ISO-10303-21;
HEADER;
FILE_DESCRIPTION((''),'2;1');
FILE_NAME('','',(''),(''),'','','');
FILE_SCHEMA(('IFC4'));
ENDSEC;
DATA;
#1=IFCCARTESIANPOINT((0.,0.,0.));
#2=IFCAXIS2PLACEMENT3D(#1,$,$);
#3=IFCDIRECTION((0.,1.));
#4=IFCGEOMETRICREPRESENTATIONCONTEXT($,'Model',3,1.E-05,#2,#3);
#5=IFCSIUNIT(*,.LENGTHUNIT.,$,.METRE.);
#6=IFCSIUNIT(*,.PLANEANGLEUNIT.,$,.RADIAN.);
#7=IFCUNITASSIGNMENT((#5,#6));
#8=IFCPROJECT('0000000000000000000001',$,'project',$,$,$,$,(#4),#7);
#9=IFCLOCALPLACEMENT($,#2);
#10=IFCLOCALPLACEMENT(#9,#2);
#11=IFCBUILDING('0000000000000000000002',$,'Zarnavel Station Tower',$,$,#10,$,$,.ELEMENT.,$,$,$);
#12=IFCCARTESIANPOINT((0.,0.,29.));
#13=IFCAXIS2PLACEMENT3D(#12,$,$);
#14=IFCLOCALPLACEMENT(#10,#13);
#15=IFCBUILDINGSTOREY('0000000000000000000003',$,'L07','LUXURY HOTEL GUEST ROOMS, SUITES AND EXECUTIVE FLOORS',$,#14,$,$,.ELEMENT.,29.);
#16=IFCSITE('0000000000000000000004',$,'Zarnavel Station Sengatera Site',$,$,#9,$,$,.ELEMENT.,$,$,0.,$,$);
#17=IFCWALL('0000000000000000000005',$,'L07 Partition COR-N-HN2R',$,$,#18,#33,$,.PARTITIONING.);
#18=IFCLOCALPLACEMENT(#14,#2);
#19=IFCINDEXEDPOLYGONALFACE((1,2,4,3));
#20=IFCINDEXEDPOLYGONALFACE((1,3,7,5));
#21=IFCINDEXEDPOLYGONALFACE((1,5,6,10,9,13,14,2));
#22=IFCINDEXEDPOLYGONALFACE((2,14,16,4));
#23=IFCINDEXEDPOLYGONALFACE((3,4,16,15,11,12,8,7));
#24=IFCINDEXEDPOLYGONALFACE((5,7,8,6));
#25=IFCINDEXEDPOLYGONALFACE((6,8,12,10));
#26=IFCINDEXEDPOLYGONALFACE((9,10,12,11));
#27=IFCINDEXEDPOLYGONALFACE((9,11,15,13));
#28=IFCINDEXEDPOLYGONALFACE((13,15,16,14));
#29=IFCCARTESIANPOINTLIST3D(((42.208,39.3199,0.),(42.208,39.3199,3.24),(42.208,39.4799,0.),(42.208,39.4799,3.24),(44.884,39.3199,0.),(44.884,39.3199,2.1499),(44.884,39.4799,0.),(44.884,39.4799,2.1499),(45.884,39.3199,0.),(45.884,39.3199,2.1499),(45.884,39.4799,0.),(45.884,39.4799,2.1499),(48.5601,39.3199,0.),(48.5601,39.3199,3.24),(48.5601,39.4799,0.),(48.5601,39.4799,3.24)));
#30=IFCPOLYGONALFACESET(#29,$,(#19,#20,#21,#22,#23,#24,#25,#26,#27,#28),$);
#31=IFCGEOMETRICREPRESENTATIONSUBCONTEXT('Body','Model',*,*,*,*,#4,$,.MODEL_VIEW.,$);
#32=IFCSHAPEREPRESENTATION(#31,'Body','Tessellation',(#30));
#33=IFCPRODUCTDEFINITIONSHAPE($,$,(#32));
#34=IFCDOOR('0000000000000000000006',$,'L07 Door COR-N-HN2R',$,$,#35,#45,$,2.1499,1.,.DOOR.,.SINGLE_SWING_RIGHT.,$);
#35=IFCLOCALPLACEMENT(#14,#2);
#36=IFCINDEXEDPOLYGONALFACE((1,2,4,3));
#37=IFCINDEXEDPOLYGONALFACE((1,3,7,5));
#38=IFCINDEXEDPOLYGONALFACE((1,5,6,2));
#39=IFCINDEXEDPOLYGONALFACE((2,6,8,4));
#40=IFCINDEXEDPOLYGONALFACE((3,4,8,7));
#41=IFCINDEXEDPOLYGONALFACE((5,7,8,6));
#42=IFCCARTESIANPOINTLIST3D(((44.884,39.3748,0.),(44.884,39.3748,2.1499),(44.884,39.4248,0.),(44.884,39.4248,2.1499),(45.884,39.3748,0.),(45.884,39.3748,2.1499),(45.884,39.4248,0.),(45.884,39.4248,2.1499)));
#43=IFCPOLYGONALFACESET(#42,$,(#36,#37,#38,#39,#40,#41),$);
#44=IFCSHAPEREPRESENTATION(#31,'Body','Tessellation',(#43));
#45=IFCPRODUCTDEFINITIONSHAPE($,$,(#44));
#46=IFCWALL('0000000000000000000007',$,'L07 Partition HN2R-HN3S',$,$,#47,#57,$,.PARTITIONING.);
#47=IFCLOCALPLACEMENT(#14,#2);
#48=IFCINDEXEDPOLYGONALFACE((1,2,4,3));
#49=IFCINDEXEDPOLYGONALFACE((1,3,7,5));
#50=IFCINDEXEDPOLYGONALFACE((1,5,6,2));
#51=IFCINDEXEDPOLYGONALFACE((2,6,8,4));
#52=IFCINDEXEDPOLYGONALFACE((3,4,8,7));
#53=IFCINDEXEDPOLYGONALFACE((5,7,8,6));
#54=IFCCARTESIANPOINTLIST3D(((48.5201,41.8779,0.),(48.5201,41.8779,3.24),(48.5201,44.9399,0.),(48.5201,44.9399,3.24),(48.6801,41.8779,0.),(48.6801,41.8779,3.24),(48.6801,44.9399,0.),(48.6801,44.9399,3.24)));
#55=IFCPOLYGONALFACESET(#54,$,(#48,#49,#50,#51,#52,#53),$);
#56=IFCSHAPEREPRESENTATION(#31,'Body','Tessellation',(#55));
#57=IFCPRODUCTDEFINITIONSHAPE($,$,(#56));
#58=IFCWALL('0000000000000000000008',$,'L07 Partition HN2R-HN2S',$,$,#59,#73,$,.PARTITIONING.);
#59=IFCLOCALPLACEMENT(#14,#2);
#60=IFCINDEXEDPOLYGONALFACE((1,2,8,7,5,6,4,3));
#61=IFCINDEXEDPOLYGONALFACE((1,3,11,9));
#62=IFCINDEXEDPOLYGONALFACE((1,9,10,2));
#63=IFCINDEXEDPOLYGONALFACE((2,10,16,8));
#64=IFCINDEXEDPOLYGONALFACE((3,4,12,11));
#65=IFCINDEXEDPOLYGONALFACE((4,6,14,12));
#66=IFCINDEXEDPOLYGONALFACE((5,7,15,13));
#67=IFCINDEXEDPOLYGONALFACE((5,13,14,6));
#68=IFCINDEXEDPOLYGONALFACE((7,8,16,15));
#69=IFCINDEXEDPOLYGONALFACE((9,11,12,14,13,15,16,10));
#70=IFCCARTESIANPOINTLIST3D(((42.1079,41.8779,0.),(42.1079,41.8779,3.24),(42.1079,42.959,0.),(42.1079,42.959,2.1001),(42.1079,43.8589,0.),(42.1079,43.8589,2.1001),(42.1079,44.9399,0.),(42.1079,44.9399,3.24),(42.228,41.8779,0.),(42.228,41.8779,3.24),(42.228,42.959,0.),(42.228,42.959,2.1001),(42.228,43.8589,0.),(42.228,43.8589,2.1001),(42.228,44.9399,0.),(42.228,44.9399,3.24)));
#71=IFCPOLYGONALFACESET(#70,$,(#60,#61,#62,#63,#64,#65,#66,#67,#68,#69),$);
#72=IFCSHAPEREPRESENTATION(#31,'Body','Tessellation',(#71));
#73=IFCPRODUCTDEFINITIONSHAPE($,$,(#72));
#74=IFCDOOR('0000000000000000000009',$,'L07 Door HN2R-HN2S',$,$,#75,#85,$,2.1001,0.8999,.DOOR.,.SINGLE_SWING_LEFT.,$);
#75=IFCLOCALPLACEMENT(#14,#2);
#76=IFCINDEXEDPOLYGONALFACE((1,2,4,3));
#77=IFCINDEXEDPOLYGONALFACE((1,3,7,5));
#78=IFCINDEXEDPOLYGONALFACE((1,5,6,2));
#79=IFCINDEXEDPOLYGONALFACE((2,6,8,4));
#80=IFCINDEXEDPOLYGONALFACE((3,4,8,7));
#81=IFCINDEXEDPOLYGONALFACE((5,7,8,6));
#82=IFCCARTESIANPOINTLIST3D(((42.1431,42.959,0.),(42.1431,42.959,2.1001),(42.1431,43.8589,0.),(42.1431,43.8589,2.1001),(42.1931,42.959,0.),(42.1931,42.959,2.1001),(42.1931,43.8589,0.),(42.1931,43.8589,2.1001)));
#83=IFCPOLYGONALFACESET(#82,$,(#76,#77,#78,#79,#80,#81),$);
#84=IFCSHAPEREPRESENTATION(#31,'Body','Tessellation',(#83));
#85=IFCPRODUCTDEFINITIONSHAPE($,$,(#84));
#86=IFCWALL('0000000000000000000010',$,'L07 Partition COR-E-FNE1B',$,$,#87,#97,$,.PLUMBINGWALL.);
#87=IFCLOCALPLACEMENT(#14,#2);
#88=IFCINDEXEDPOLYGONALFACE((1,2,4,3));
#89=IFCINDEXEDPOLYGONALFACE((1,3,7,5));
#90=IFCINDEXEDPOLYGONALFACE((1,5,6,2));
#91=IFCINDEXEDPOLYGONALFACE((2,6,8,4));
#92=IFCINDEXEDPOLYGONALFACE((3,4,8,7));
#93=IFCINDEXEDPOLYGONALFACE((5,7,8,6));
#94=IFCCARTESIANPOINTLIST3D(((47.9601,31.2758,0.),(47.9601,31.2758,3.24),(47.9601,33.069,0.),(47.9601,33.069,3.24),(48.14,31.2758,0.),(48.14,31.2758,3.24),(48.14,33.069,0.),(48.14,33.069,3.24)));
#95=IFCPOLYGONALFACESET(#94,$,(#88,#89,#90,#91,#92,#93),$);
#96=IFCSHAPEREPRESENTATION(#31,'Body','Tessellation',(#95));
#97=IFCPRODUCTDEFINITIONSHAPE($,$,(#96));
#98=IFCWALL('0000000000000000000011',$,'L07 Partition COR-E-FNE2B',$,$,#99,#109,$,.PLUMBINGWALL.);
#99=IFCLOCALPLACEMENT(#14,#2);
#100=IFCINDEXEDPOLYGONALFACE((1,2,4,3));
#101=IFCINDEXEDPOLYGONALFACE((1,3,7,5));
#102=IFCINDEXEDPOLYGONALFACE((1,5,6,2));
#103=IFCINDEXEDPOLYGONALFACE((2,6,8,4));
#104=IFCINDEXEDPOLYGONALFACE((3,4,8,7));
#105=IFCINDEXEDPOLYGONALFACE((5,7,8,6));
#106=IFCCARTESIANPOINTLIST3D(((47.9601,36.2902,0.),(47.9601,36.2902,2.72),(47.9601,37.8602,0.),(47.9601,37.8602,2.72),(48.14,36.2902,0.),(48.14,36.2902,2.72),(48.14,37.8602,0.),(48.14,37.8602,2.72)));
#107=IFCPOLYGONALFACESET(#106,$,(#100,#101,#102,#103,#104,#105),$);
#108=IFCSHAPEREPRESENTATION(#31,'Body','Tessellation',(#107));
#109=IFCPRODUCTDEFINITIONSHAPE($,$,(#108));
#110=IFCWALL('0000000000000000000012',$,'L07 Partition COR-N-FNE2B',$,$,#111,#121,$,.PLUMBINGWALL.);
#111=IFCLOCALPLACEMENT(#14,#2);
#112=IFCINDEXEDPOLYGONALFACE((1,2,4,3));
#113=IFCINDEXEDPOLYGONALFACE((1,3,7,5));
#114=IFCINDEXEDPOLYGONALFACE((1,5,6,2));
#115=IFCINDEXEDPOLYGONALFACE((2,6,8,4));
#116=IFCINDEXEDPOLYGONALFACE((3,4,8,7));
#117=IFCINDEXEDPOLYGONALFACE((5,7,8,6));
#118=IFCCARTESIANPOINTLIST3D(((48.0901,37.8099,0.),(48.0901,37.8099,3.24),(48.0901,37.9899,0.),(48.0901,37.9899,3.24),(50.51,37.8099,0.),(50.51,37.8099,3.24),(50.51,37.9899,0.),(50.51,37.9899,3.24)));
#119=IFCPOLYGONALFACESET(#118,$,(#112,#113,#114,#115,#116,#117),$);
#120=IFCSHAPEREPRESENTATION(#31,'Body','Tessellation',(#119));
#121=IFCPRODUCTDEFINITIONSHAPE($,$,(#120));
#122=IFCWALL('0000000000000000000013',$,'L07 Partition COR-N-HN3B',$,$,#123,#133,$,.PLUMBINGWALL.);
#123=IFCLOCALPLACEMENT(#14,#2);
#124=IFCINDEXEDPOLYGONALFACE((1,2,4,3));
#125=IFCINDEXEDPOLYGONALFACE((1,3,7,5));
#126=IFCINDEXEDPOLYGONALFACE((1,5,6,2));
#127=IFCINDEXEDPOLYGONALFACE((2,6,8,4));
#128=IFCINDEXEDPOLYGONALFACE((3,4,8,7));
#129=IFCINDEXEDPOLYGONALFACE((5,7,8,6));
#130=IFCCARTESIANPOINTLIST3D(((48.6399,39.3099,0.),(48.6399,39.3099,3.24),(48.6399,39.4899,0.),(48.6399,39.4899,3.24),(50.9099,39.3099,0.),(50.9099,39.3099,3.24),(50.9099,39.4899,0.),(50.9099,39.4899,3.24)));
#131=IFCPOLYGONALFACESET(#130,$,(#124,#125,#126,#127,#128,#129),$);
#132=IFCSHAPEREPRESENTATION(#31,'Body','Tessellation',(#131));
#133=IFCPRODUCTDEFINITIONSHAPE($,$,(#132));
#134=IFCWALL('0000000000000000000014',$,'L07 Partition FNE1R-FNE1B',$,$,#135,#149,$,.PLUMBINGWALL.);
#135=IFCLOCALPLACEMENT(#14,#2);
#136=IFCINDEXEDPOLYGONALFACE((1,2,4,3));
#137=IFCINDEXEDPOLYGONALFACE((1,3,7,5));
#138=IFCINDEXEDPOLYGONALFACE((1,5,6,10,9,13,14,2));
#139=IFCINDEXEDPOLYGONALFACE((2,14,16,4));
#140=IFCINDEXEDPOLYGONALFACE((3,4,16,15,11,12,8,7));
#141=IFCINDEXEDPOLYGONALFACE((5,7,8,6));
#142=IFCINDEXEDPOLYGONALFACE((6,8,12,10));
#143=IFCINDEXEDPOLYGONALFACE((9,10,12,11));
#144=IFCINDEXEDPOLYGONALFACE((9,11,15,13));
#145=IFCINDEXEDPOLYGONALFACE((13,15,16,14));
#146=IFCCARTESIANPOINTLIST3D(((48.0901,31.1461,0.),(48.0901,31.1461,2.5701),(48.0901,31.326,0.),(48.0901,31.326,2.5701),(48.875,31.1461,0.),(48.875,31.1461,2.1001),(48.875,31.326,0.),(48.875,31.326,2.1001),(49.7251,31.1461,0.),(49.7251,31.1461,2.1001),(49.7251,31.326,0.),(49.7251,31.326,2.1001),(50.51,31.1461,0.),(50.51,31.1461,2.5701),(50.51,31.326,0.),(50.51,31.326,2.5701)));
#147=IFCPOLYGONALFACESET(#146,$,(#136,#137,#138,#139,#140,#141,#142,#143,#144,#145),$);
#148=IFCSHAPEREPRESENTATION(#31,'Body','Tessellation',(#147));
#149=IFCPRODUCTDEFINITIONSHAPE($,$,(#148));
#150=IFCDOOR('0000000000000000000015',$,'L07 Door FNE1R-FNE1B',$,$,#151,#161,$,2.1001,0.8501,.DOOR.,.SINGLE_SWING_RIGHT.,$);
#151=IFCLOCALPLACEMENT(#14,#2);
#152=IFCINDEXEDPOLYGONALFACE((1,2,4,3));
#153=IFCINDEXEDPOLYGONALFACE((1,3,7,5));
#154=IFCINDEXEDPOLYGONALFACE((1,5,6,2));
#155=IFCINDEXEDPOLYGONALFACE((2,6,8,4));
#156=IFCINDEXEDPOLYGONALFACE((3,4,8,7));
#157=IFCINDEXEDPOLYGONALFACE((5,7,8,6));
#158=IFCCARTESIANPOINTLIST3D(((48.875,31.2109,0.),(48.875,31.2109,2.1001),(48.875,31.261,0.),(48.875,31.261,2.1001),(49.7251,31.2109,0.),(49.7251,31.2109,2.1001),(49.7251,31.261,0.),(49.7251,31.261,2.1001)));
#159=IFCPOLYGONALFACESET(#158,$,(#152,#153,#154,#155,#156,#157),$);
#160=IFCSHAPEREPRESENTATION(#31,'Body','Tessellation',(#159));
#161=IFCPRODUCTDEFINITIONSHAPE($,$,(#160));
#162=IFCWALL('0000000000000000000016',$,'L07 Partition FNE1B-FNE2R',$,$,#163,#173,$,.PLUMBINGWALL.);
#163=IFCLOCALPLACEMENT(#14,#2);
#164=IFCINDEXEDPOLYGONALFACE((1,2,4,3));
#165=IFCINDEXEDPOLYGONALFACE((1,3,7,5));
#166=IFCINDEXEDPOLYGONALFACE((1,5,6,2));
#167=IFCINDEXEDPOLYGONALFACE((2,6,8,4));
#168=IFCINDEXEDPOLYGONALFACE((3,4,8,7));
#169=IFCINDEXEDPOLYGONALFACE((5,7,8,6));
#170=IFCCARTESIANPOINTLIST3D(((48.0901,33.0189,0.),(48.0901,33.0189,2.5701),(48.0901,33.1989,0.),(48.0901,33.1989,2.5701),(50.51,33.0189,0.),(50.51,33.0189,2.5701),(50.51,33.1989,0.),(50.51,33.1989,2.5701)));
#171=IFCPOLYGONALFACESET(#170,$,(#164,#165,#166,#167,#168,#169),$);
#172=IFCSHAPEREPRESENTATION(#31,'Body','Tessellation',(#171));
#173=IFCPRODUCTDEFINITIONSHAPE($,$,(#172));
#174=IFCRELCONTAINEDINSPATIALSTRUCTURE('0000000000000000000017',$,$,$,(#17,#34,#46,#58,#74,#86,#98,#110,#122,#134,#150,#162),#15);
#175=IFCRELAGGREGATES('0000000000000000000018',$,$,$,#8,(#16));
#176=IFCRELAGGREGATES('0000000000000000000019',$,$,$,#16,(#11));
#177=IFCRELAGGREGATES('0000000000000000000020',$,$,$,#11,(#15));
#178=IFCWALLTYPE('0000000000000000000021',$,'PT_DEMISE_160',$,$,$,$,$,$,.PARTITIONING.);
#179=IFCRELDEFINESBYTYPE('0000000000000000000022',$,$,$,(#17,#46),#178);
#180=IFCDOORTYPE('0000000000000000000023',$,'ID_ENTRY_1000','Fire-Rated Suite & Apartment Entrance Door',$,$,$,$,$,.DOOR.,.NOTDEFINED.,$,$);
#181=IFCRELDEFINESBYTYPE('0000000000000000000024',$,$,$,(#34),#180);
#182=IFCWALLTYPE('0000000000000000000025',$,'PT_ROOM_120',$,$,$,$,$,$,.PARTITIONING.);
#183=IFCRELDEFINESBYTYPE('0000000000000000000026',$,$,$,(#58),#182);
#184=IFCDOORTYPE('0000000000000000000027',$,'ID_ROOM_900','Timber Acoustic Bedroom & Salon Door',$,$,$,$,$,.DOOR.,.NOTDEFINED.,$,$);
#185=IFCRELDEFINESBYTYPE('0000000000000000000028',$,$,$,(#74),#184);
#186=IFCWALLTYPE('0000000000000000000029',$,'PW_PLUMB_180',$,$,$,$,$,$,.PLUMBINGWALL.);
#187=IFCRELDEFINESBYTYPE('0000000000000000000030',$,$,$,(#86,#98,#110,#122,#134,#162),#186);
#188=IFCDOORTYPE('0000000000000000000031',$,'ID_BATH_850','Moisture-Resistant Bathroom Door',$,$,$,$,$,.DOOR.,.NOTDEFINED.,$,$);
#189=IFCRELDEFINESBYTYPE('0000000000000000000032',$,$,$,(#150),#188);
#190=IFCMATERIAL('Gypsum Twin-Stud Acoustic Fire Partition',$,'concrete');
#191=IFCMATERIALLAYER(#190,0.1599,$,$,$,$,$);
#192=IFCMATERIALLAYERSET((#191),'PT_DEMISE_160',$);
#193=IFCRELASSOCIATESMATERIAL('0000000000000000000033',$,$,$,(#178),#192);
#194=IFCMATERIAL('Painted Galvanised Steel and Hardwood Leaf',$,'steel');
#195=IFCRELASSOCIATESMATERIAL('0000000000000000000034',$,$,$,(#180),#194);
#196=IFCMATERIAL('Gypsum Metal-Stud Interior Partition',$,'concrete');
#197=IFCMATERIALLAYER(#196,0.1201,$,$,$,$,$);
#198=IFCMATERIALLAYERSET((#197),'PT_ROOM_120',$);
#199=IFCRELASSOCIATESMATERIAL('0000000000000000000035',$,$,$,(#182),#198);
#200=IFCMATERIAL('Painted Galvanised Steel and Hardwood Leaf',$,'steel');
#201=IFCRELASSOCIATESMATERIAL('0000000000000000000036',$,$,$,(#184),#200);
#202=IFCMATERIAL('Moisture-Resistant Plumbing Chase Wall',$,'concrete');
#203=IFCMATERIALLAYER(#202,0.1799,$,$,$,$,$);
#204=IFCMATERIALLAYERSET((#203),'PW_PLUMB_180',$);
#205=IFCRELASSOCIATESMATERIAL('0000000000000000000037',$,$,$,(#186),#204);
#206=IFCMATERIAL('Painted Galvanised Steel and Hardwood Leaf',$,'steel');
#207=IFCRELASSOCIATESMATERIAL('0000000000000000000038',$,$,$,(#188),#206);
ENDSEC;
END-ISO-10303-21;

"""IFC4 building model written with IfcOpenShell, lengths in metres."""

from ifc_helpers import new_model, si_unit, direction, frame, frame_2d, origin, place, context, subcontext, project, spatial, rectangle, extrude, material, layer, layer_set, type_object, element, fill, save


model = new_model("IFC4")

# Units and contexts
model_context = context("Model", 3, precision=1e-05, world=origin(), true_north=direction((0.0, 1.0)))
body_context = subcontext(model_context, "Body", "Model", "MODEL_VIEW")
ifc_project = project(units=[si_unit("LENGTHUNIT", "METRE"), si_unit("PLANEANGLEUNIT", "RADIAN")], contexts=[model_context])

# Site, building, storey
site_placement = place(None, origin())
site = spatial("IfcSite", under=ifc_project, at=site_placement, Name="Zarnavel Station Sengatera Site", CompositionType="ELEMENT", RefElevation=0.0)
building_placement = place(site_placement, origin())
building = spatial("IfcBuilding", under=site, at=building_placement, Name="Zarnavel Station Tower", CompositionType="ELEMENT")
storey_placement = place(building_placement, frame((0.0, 0.0, 29.0)))
storey = spatial("IfcBuildingStorey", under=building, at=storey_placement, Name="L07", Description="LUXURY HOTEL GUEST ROOMS, SUITES AND EXECUTIVE FLOORS", CompositionType="ELEMENT", Elevation=29.0)

# Wall, opening, door
ifc_material_1 = material(Name="Gypsum Twin-Stud Acoustic Fire Partition", Category="concrete")
ifc_layer_1 = layer(ifc_material_1, 0.1599)
ifc_layer_set_1 = layer_set([ifc_layer_1], Name="PT_DEMISE_160")
wall_type_1 = type_object("IfcWallType", Name="PT_DEMISE_160", PredefinedType="PARTITIONING", material=ifc_layer_set_1)
ifc_material_2 = material(Name="Painted Galvanised Steel and Hardwood Leaf", Category="steel")
door_type_1 = type_object("IfcDoorType", Name="ID_ENTRY_1000", Description="Fire-Rated Suite & Apartment Entrance Door", OperationType="NOTDEFINED", PredefinedType="DOOR", material=ifc_material_2)
wall_1_placement = place(storey_placement, frame((42.208, 39.3999, 0.0), z_axis=(0.0, 0.0, 1.0), x_axis=(1.0, 0.0, 0.0)))
wall_1 = element("IfcWall", 1, at=wall_1_placement, inside=storey, type_object=wall_type_1, Name="L07 Partition COR-N-HN2R", PredefinedType="PARTITIONING", context=body_context, shape_type="SweptSolid", body=[
    extrude(rectangle(XDim=6.3521, YDim=0.1599, at=frame_2d((3.176, 0.0))), origin(), (0.0, 0.0, 1.0), 3.24),
])
opening_1_placement = place(wall_1_placement, frame((2.676, 0.0, 0.0)))
opening_1 = element("IfcOpeningElement", 2, at=opening_1_placement, cuts=wall_1, PredefinedType="OPENING", context=body_context, shape_type="SweptSolid", body=[
    extrude(rectangle(XDim=1.0, YDim=2.1499, at=frame_2d((0.5, 1.075))), frame((0.0, 0.0898, 0.0), z_axis=(0.0, -1.0, 0.0), x_axis=(1.0, 0.0, 0.0)), (0.0, 0.0, 1.0), 0.1799),
])
door_1_placement = place(opening_1_placement, origin())
door_1 = element("IfcDoor", 3, at=door_1_placement, inside=storey, type_object=door_type_1, Name="L07 Door COR-N-HN2R", OperationType="SINGLE_SWING_RIGHT", OverallHeight=2.1499, OverallWidth=1.0, PredefinedType="DOOR", context=body_context, shape_type="SweptSolid", body=[
    extrude(rectangle(XDim=1.0, YDim=2.1499, at=frame_2d((0.5, 1.075))), frame((0.0, 0.0249, 0.0), z_axis=(0.0, -1.0, 0.0), x_axis=(1.0, 0.0, 0.0)), (0.0, 0.0, 1.0), 0.05),
])
fill(opening_1, door_1)

# Wall
wall_2_placement = place(storey_placement, frame((48.6001, 41.8779, 0.0), z_axis=(0.0, 0.0, 1.0), x_axis=(0.0, 1.0, 0.0)))
element("IfcWall", 4, at=wall_2_placement, inside=storey, type_object=wall_type_1, Name="L07 Partition HN2R-HN3S", PredefinedType="PARTITIONING", context=body_context, shape_type="SweptSolid", body=[
    extrude(rectangle(XDim=3.062, YDim=0.1599, at=frame_2d((1.531, 0.0))), origin(), (0.0, 0.0, 1.0), 3.24),
])

# Wall, opening, door
ifc_material_3 = material(Name="Gypsum Metal-Stud Interior Partition", Category="concrete")
ifc_layer_2 = layer(ifc_material_3, 0.1201)
ifc_layer_set_2 = layer_set([ifc_layer_2], Name="PT_ROOM_120")
wall_type_2 = type_object("IfcWallType", Name="PT_ROOM_120", PredefinedType="PARTITIONING", material=ifc_layer_set_2)
wall_3_placement = place(storey_placement, frame((42.168, 41.8779, 0.0), z_axis=(0.0, 0.0, 1.0), x_axis=(0.0, 1.0, 0.0)))
wall_3 = element("IfcWall", 5, at=wall_3_placement, inside=storey, type_object=wall_type_2, Name="L07 Partition HN2R-HN2S", PredefinedType="PARTITIONING", context=body_context, shape_type="SweptSolid", body=[
    extrude(rectangle(XDim=3.062, YDim=0.1201, at=frame_2d((1.531, 0.0))), origin(), (0.0, 0.0, 1.0), 3.24),
])
opening_2_placement = place(wall_3_placement, frame((1.0811, 0.0, 0.0)))
opening_2 = element("IfcOpeningElement", 6, at=opening_2_placement, cuts=wall_3, PredefinedType="OPENING", context=body_context, shape_type="SweptSolid", body=[
    extrude(rectangle(XDim=0.8999, YDim=2.1001, at=frame_2d((0.45, 1.05))), frame((0.0, 0.0701, 0.0), z_axis=(0.0, -1.0, 0.0), x_axis=(1.0, 0.0, 0.0)), (0.0, 0.0, 1.0), 0.1401),
])
ifc_material_4 = material(Name="Painted Galvanised Steel and Hardwood Leaf", Category="steel")
door_type_2 = type_object("IfcDoorType", Name="ID_ROOM_900", Description="Timber Acoustic Bedroom & Salon Door", OperationType="NOTDEFINED", PredefinedType="DOOR", material=ifc_material_4)
door_2_placement = place(opening_2_placement, origin())
door_2 = element("IfcDoor", 7, at=door_2_placement, inside=storey, type_object=door_type_2, Name="L07 Door HN2R-HN2S", OperationType="SINGLE_SWING_LEFT", OverallHeight=2.1001, OverallWidth=0.8999, PredefinedType="DOOR", context=body_context, shape_type="SweptSolid", body=[
    extrude(rectangle(XDim=0.8999, YDim=2.1001, at=frame_2d((0.45, 1.05))), frame((0.0, 0.0249, 0.0), z_axis=(0.0, -1.0, 0.0), x_axis=(1.0, 0.0, 0.0)), (0.0, 0.0, 1.0), 0.05),
])
fill(opening_2, door_2)

# Walls
ifc_material_5 = material(Name="Moisture-Resistant Plumbing Chase Wall", Category="concrete")
ifc_layer_3 = layer(ifc_material_5, 0.1799)
ifc_layer_set_3 = layer_set([ifc_layer_3], Name="PW_PLUMB_180")
wall_type_3 = type_object("IfcWallType", Name="PW_PLUMB_180", PredefinedType="PLUMBINGWALL", material=ifc_layer_set_3)
wall_4_placement = place(storey_placement, frame((48.05, 31.2759, 0.0), z_axis=(0.0, 0.0, 1.0), x_axis=(0.0, 1.0, 0.0)))
element("IfcWall", 8, at=wall_4_placement, inside=storey, type_object=wall_type_3, Name="L07 Partition COR-E-FNE1B", PredefinedType="PLUMBINGWALL", context=body_context, shape_type="SweptSolid", body=[
    extrude(rectangle(XDim=1.7932, YDim=0.1799, at=frame_2d((0.8965, 0.0))), origin(), (0.0, 0.0, 1.0), 3.24),
])
wall_5_placement = place(storey_placement, frame((48.05, 36.29, 0.0), z_axis=(0.0, 0.0, 1.0), x_axis=(0.0, 1.0, 0.0)))
element("IfcWall", 9, at=wall_5_placement, inside=storey, type_object=wall_type_3, Name="L07 Partition COR-E-FNE2B", PredefinedType="PLUMBINGWALL", context=body_context, shape_type="SweptSolid", body=[
    extrude(rectangle(XDim=1.5701, YDim=0.1799, at=frame_2d((0.7852, 0.0))), origin(), (0.0, 0.0, 1.0), 2.72),
])
wall_6_placement = place(storey_placement, frame((48.0901, 37.8999, 0.0), z_axis=(0.0, 0.0, 1.0), x_axis=(1.0, 0.0, 0.0)))
element("IfcWall", 10, at=wall_6_placement, inside=storey, type_object=wall_type_3, Name="L07 Partition COR-N-FNE2B", PredefinedType="PLUMBINGWALL", context=body_context, shape_type="SweptSolid", body=[
    extrude(rectangle(XDim=2.4199, YDim=0.1799, at=frame_2d((1.21, 0.0))), origin(), (0.0, 0.0, 1.0), 3.24),
])
wall_7_placement = place(storey_placement, frame((48.6399, 39.3999, 0.0), z_axis=(0.0, 0.0, 1.0), x_axis=(1.0, 0.0, 0.0)))
element("IfcWall", 11, at=wall_7_placement, inside=storey, type_object=wall_type_3, Name="L07 Partition COR-N-HN3B", PredefinedType="PLUMBINGWALL", context=body_context, shape_type="SweptSolid", body=[
    extrude(rectangle(XDim=2.27, YDim=0.1799, at=frame_2d((1.135, 0.0))), origin(), (0.0, 0.0, 1.0), 3.24),
])

# Wall, opening, door
wall_8_placement = place(storey_placement, frame((48.0901, 31.2361, 0.0), z_axis=(0.0, 0.0, 1.0), x_axis=(1.0, 0.0, 0.0)))
wall_8 = element("IfcWall", 12, at=wall_8_placement, inside=storey, type_object=wall_type_3, Name="L07 Partition FNE1R-FNE1B", PredefinedType="PLUMBINGWALL", context=body_context, shape_type="SweptSolid", body=[
    extrude(rectangle(XDim=2.4199, YDim=0.1799, at=frame_2d((1.21, 0.0))), origin(), (0.0, 0.0, 1.0), 2.5701),
])
opening_3_placement = place(wall_8_placement, frame((0.7849, 0.0, 0.0)))
opening_3 = element("IfcOpeningElement", 13, at=opening_3_placement, cuts=wall_8, PredefinedType="OPENING", context=body_context, shape_type="SweptSolid", body=[
    extrude(rectangle(XDim=0.8501, YDim=2.1001, at=frame_2d((0.425, 1.05))), frame((0.0, 0.0999, 0.0), z_axis=(0.0, -1.0, 0.0), x_axis=(1.0, 0.0, 0.0)), (0.0, 0.0, 1.0), 0.2),
])
ifc_material_6 = material(Name="Painted Galvanised Steel and Hardwood Leaf", Category="steel")
door_type_3 = type_object("IfcDoorType", Name="ID_BATH_850", Description="Moisture-Resistant Bathroom Door", OperationType="NOTDEFINED", PredefinedType="DOOR", material=ifc_material_6)
door_3_placement = place(opening_3_placement, origin())
door_3 = element("IfcDoor", 14, at=door_3_placement, inside=storey, type_object=door_type_3, Name="L07 Door FNE1R-FNE1B", OperationType="SINGLE_SWING_RIGHT", OverallHeight=2.1001, OverallWidth=0.8501, PredefinedType="DOOR", context=body_context, shape_type="SweptSolid", body=[
    extrude(rectangle(XDim=0.8501, YDim=2.1001, at=frame_2d((0.425, 1.05))), frame((0.0, 0.0249, 0.0), z_axis=(0.0, -1.0, 0.0), x_axis=(1.0, 0.0, 0.0)), (0.0, 0.0, 1.0), 0.05),
])
fill(opening_3, door_3)

# Wall
wall_9_placement = place(storey_placement, frame((48.0901, 33.1089, 0.0), z_axis=(0.0, 0.0, 1.0), x_axis=(1.0, 0.0, 0.0)))
element("IfcWall", 15, at=wall_9_placement, inside=storey, type_object=wall_type_3, Name="L07 Partition FNE1B-FNE2R", PredefinedType="PLUMBINGWALL", context=body_context, shape_type="SweptSolid", body=[
    extrude(rectangle(XDim=2.4199, YDim=0.1799, at=frame_2d((1.21, 0.0))), origin(), (0.0, 0.0, 1.0), 2.5701),
])

save(model, "model.ifc")
